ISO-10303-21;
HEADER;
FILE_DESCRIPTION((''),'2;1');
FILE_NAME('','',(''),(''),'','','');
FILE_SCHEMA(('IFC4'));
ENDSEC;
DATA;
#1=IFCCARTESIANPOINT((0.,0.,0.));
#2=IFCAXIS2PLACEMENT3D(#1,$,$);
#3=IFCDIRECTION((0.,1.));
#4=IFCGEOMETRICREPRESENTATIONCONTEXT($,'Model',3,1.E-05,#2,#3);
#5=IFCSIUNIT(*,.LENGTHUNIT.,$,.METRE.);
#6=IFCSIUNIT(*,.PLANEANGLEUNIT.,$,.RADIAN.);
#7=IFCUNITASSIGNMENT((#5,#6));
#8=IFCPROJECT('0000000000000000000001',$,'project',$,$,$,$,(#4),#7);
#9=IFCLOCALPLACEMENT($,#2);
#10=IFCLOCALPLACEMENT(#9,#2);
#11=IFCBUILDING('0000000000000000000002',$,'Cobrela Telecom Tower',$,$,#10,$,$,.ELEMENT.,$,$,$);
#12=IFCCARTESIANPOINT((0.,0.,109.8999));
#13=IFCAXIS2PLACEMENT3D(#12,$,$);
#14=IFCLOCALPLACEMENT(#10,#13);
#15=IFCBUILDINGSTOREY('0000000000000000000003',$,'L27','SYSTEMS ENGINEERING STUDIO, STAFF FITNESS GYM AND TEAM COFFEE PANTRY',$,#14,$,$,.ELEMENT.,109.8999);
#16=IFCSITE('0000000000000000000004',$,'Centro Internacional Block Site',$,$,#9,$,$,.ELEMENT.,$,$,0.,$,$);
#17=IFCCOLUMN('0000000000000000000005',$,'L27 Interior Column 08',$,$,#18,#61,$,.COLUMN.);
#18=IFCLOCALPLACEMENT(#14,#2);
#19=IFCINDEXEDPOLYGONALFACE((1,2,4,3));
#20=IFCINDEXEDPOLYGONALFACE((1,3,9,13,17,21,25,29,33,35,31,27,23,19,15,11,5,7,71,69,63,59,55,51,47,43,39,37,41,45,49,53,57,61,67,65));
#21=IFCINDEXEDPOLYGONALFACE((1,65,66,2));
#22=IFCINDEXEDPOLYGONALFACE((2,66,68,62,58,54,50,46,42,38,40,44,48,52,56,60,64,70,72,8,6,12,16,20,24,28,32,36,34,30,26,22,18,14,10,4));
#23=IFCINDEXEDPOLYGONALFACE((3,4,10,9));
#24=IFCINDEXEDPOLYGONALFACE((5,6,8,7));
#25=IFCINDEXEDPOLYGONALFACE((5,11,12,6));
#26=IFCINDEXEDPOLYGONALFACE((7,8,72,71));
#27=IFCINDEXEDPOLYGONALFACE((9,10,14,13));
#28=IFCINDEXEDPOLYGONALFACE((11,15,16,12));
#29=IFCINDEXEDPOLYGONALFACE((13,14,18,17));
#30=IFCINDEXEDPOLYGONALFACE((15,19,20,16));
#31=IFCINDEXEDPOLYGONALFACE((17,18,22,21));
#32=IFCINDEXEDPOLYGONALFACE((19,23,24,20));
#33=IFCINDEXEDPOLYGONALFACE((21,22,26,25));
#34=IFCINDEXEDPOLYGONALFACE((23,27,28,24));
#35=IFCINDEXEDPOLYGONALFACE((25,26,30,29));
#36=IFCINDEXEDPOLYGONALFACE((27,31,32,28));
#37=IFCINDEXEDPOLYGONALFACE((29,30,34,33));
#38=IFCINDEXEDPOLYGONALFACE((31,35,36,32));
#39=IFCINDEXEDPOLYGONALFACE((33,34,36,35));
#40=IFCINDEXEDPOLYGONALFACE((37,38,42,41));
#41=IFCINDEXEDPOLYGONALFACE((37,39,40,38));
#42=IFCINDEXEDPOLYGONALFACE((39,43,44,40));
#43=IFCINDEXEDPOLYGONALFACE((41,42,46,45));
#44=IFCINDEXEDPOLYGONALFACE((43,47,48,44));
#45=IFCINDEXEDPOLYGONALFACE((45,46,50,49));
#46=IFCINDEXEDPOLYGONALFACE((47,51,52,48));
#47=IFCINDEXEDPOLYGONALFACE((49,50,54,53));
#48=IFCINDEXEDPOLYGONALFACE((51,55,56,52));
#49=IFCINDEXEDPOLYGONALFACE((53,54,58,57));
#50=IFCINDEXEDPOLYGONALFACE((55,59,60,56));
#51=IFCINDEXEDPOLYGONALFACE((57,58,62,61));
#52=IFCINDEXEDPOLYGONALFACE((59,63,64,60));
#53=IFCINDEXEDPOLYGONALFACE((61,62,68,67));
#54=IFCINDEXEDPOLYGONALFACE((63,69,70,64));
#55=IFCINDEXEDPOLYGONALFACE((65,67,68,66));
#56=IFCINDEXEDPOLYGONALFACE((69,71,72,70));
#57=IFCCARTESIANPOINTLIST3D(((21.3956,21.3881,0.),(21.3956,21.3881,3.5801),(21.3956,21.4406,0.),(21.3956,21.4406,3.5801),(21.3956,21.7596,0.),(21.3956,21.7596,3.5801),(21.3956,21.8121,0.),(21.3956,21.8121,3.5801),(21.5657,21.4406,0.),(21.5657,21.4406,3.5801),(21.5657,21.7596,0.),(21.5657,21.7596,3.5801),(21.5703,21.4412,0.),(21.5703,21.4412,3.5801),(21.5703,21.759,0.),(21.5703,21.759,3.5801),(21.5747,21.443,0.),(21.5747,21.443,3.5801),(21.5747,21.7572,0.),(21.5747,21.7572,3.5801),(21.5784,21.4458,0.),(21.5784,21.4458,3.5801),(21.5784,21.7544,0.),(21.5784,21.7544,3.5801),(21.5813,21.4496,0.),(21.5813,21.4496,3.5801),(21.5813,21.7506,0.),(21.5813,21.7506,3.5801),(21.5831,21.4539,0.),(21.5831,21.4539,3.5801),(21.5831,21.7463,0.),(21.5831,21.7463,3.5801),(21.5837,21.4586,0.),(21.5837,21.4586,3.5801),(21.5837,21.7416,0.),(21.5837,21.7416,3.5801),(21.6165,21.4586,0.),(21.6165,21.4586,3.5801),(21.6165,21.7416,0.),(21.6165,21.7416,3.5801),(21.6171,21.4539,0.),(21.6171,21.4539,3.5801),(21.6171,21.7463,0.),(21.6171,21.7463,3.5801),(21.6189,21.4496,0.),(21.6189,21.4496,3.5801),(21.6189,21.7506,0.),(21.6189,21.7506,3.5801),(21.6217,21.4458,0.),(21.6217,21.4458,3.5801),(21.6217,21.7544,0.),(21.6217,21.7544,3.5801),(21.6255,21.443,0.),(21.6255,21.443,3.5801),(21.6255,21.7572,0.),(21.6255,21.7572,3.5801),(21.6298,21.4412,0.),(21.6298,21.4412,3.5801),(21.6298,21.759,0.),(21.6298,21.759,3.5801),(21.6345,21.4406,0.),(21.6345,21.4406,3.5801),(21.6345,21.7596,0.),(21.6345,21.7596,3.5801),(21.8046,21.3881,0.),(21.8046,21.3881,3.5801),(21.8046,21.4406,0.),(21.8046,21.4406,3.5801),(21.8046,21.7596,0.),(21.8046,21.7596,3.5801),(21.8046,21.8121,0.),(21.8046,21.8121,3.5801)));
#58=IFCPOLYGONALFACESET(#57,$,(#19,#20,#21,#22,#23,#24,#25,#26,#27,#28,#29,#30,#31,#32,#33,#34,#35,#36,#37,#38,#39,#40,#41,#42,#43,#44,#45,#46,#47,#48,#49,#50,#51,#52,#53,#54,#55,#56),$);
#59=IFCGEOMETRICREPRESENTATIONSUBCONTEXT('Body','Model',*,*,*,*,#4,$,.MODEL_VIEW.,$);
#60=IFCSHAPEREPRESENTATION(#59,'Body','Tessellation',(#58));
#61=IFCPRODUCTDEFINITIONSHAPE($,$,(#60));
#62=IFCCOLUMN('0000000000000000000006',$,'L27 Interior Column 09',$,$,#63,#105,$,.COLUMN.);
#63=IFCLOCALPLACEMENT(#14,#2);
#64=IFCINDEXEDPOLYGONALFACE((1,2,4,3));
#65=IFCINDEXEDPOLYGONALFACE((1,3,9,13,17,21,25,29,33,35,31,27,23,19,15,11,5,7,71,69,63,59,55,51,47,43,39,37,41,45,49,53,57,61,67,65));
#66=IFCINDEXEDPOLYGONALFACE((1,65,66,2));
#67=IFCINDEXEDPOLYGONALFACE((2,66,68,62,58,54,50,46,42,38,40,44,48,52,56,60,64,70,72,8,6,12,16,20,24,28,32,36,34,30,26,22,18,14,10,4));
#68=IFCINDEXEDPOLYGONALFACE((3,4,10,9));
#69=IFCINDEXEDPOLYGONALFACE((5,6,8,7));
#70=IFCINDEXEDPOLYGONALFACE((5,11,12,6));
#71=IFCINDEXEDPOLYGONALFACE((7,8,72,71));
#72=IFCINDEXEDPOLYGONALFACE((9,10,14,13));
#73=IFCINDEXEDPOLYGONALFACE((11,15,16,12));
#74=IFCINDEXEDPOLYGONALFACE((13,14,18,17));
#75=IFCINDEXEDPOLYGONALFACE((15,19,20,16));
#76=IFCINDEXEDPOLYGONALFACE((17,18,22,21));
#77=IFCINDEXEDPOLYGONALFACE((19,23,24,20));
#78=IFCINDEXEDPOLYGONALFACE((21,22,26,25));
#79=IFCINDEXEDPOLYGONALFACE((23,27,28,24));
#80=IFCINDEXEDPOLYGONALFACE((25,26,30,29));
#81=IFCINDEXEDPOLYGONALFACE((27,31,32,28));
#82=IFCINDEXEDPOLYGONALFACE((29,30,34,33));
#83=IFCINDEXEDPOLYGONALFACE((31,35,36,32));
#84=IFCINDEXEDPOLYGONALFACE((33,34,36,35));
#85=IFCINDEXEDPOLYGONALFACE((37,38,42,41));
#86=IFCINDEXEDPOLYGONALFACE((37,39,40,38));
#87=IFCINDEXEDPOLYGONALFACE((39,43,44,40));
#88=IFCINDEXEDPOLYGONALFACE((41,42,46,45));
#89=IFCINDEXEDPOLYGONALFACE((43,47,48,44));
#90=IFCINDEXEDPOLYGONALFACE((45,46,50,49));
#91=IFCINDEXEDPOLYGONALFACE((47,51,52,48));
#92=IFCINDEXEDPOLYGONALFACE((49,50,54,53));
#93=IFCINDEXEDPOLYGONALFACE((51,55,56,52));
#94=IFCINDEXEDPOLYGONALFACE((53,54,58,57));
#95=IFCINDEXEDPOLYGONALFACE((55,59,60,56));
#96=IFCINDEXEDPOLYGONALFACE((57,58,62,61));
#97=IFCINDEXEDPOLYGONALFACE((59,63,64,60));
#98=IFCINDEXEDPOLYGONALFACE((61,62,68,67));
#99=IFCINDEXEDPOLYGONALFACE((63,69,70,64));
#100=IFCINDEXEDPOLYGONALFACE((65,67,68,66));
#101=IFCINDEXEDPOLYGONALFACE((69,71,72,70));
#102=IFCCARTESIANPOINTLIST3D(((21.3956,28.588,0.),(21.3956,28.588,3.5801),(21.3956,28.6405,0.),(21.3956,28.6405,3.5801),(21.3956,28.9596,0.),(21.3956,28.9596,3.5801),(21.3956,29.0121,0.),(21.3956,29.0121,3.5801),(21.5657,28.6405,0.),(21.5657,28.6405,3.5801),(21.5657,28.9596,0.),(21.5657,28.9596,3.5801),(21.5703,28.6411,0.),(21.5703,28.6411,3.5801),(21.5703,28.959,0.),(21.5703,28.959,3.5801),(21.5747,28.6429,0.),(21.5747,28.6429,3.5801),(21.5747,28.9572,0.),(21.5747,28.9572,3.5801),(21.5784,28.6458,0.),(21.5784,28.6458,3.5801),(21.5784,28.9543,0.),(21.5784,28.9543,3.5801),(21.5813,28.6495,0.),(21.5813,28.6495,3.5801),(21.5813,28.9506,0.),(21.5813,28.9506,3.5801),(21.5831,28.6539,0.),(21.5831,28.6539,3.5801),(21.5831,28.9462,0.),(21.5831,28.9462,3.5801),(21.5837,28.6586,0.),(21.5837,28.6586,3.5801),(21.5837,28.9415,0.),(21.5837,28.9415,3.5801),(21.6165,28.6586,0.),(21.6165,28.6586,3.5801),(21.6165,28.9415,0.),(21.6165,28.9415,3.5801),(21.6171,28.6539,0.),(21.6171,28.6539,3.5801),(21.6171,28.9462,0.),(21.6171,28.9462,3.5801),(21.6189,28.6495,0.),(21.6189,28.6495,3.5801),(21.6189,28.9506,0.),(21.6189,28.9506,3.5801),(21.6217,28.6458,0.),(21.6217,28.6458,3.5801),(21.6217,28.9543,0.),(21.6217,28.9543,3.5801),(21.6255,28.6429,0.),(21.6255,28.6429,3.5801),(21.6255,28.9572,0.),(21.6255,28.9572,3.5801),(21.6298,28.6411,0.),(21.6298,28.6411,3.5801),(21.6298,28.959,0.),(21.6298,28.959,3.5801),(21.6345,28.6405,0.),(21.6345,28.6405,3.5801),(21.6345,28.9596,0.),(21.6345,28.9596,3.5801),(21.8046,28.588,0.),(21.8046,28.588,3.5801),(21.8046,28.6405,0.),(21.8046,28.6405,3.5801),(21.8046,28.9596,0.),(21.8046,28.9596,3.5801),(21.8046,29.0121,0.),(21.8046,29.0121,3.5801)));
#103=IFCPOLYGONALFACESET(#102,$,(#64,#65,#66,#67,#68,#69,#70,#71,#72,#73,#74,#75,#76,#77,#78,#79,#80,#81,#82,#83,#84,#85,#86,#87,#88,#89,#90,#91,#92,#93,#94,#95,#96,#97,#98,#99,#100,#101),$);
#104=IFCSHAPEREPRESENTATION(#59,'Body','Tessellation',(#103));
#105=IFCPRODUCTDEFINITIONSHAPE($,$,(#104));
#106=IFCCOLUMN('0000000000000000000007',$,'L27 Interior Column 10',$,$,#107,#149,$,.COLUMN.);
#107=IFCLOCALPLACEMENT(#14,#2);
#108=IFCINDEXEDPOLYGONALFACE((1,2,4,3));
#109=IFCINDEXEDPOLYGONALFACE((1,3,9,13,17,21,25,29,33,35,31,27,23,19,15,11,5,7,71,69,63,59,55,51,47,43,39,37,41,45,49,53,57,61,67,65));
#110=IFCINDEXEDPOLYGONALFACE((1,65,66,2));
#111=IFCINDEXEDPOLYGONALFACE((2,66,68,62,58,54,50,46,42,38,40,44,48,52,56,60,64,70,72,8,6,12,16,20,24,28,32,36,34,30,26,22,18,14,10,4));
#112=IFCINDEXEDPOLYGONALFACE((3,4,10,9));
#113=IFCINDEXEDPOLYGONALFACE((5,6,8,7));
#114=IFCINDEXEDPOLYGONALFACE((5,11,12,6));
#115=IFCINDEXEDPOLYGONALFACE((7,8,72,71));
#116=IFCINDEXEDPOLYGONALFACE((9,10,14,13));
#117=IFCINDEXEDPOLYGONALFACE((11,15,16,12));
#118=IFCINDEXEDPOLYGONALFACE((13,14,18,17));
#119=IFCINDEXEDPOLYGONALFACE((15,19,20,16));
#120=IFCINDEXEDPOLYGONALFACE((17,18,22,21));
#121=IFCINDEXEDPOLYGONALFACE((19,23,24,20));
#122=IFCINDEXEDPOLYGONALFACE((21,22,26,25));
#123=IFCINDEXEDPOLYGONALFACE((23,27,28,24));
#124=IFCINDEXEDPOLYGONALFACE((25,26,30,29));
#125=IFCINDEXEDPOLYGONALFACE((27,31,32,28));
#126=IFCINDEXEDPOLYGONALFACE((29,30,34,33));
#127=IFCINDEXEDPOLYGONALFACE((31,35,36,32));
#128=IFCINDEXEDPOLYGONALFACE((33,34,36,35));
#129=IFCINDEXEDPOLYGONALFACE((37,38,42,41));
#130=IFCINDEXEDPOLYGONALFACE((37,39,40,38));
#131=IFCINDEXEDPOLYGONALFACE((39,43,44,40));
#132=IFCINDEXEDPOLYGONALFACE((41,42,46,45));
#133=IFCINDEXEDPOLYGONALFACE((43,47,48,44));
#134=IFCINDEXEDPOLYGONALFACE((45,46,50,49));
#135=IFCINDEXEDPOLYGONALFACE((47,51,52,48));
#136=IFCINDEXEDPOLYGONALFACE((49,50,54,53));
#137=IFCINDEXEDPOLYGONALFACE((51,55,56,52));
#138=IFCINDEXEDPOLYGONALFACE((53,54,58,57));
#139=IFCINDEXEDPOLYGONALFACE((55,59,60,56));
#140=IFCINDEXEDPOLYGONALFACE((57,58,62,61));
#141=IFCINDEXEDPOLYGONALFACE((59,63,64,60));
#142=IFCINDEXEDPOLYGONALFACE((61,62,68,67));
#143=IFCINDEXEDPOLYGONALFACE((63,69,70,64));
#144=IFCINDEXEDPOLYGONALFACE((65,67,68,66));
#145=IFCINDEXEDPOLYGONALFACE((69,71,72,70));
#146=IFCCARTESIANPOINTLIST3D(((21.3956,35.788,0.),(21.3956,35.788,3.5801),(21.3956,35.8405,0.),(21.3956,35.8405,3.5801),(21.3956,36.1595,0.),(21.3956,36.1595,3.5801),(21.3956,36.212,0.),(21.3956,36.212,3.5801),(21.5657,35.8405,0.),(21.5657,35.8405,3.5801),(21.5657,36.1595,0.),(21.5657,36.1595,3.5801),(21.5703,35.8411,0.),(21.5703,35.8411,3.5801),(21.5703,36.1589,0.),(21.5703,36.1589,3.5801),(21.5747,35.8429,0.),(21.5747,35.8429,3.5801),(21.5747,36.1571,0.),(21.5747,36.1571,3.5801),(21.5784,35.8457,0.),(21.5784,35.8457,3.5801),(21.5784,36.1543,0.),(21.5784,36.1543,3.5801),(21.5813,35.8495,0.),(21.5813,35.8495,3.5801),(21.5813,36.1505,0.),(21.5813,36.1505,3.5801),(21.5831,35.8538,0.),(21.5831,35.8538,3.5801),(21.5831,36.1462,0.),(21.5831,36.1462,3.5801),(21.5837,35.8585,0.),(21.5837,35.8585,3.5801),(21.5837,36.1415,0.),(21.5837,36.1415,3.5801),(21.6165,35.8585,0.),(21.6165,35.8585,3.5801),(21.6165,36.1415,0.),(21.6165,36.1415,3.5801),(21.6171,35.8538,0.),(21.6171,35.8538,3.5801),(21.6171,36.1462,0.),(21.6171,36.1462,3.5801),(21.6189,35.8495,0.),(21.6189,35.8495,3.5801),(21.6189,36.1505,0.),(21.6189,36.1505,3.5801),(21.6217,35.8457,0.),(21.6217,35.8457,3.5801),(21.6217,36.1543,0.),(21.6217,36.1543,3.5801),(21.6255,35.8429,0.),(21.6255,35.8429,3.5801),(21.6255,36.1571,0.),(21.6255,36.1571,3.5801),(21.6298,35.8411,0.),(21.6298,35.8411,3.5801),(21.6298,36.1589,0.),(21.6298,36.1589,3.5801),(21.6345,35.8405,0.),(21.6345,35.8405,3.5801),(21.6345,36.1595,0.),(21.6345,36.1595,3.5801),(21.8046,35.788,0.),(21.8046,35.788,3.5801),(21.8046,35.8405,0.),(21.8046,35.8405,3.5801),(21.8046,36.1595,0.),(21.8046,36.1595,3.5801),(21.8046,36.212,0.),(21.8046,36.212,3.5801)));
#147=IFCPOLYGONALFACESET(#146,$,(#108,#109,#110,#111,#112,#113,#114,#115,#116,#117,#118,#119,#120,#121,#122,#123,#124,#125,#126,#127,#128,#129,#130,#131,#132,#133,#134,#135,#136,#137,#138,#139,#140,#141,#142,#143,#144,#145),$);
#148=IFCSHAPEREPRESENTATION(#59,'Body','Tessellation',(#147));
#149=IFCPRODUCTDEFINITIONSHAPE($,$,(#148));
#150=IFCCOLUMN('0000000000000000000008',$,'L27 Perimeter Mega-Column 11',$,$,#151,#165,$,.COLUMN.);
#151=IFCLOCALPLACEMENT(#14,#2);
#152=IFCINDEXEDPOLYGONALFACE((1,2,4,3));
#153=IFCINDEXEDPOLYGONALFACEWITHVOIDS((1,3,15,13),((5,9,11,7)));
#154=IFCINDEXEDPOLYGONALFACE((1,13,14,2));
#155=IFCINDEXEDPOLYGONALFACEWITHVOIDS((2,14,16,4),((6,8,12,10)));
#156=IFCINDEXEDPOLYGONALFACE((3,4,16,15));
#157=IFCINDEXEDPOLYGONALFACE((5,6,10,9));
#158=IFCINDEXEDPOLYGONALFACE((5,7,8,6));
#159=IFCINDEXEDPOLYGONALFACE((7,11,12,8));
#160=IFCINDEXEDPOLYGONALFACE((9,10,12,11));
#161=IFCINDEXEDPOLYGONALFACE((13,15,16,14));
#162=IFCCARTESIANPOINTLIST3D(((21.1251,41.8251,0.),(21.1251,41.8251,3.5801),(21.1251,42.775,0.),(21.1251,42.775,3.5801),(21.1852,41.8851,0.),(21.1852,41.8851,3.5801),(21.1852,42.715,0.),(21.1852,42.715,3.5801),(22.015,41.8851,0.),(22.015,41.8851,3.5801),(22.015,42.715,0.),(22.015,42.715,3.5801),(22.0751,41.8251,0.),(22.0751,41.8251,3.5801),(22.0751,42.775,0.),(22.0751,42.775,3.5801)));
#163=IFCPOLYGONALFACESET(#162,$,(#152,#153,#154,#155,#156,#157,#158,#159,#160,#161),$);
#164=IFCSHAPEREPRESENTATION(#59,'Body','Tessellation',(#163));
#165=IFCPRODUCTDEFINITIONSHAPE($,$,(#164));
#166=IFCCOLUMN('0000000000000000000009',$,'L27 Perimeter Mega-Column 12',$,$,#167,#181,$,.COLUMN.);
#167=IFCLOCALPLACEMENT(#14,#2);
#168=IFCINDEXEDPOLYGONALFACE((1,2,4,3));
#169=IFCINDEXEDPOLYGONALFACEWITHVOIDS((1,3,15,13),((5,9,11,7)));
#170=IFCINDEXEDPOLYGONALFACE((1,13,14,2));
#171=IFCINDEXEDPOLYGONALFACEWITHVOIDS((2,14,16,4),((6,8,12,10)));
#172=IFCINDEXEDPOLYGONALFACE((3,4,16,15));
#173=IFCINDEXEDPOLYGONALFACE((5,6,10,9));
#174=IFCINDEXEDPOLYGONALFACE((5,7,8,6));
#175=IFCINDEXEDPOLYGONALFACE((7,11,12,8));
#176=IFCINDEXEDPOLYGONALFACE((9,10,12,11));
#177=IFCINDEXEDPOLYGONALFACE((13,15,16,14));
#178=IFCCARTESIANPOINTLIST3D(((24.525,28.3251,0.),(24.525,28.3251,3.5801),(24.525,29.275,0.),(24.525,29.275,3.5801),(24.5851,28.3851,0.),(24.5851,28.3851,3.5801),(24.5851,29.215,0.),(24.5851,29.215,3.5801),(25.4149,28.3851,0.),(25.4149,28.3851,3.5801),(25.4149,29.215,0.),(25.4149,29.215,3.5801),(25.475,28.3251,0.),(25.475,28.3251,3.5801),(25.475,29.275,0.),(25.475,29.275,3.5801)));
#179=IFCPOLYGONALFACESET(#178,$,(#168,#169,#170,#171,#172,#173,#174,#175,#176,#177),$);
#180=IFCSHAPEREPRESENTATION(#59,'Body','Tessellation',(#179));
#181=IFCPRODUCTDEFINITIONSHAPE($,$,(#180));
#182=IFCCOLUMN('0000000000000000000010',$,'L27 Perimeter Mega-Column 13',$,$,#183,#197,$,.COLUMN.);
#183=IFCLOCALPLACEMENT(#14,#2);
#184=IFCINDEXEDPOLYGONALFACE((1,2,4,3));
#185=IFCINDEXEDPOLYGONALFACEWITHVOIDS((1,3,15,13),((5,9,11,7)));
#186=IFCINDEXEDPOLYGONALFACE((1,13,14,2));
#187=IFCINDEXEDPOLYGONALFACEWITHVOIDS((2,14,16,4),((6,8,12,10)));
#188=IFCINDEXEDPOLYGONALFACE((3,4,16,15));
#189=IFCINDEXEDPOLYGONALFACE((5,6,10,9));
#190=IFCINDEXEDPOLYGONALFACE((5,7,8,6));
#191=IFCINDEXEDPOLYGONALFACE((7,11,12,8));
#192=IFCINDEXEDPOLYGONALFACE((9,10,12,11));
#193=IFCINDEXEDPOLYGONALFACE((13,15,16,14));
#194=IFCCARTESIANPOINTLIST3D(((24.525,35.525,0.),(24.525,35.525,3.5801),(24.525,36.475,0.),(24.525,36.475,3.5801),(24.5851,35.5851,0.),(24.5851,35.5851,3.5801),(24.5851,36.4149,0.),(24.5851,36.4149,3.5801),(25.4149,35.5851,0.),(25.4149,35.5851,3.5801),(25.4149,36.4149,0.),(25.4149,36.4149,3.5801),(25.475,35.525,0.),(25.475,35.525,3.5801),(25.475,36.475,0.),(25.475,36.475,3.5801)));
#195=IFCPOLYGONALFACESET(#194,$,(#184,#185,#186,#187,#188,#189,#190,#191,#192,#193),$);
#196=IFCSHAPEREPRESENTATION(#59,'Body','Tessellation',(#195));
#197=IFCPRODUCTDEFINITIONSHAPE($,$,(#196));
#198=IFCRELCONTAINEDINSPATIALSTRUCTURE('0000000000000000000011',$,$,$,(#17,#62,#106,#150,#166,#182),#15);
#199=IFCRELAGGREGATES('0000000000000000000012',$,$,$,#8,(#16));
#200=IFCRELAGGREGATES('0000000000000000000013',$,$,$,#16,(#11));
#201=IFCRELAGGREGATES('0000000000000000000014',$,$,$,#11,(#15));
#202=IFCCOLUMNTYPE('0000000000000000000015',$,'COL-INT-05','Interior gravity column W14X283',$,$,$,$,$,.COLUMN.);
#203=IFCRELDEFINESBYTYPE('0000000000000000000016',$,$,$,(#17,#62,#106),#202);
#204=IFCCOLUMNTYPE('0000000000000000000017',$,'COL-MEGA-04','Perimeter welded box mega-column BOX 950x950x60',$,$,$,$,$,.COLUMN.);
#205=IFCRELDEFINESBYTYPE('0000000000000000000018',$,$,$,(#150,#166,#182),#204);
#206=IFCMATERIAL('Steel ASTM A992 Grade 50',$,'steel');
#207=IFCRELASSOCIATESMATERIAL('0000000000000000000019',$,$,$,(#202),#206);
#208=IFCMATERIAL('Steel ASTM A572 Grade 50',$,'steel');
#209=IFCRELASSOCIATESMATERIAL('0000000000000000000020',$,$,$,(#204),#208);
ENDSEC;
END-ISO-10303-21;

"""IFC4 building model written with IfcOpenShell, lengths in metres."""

from ifc_helpers import new_model, si_unit, direction, frame, origin, origin_2d, place, context, subcontext, project, spatial, hollow_rectangle, i_section, extrude, material, material_profile, profile_set, type_object, element, save


model = new_model("IFC4")

# Units and contexts
model_context = context("Model", 3, precision=1e-05, world=origin(), true_north=direction((0.0, 1.0)))
body_context = subcontext(model_context, "Body", "Model", "MODEL_VIEW")
ifc_project = project(units=[si_unit("LENGTHUNIT", "METRE"), si_unit("PLANEANGLEUNIT", "RADIAN")], contexts=[model_context])

# Site, building, storey
site_placement = place(None, origin())
site = spatial("IfcSite", under=ifc_project, at=site_placement, Name="Centro Internacional Block Site", CompositionType="ELEMENT", RefElevation=0.0)
building_placement = place(site_placement, origin())
building = spatial("IfcBuilding", under=site, at=building_placement, Name="Cobrela Telecom Tower", CompositionType="ELEMENT")
storey_placement = place(building_placement, frame((0.0, 0.0, 109.8999)))
storey = spatial("IfcBuildingStorey", under=building, at=storey_placement, Name="L27", Description="SYSTEMS ENGINEERING STUDIO, STAFF FITNESS GYM AND TEAM COFFEE PANTRY", CompositionType="ELEMENT", Elevation=109.8999)

# Columns
ifc_material_1 = material(Name="Steel ASTM A992 Grade 50", Category="steel")
ifc_material_profile_1 = material_profile(ifc_material_1, i_section(OverallWidth=0.4089, OverallDepth=0.4241, WebThickness=0.0327, FlangeThickness=0.0525, FilletRadius=0.0181, at=origin_2d()), Name="W14X283")
ifc_profile_set_1 = profile_set([ifc_material_profile_1], Name="Steel ASTM A992 Grade 50")
column_type_1 = type_object("IfcColumnType", Name="COL-INT-05", Description="Interior gravity column W14X283", PredefinedType="COLUMN", material=ifc_profile_set_1)
for number, where, z_axis, x_axis, name in (
    (1, (21.6001, 21.6001, 0.0), (0.0, 0.0, 1.0), (1.0, 0.0, 0.0), "L27 Interior Column 08"),
    (2, (21.6001, 28.8, 0.0), (0.0, 0.0, 1.0), (1.0, 0.0, 0.0), "L27 Interior Column 09"),
    (3, (21.6001, 36.0, 0.0), (0.0, 0.0, 1.0), (1.0, 0.0, 0.0), "L27 Interior Column 10"),
):
    element("IfcColumn", number, at=place(storey_placement, frame(where, z_axis=z_axis, x_axis=x_axis)), inside=storey, type_object=column_type_1, Name=name, PredefinedType="COLUMN", context=body_context, shape_type="SweptSolid", body=[
        extrude(i_section(OverallWidth=0.4089, OverallDepth=0.4241, WebThickness=0.0327, FlangeThickness=0.0525, FilletRadius=0.0181, at=origin_2d()), origin(), (0.0, 0.0, 1.0), 3.5801),
    ])
ifc_material_2 = material(Name="Steel ASTM A572 Grade 50", Category="steel")
ifc_material_profile_2 = material_profile(ifc_material_2, hollow_rectangle(XDim=0.95, YDim=0.95, WallThickness=0.0601, at=origin_2d()), Name="BOX 950x950x60")
ifc_profile_set_2 = profile_set([ifc_material_profile_2], Name="Steel ASTM A572 Grade 50")
column_type_2 = type_object("IfcColumnType", Name="COL-MEGA-04", Description="Perimeter welded box mega-column BOX 950x950x60", PredefinedType="COLUMN", material=ifc_profile_set_2)
for number, where, z_axis, x_axis, name in (
    (4, (21.6001, 42.3, 0.0), (0.0, 0.0, 1.0), (1.0, 0.0, 0.0), "L27 Perimeter Mega-Column 11"),
    (5, (25.0, 28.8, 0.0), (0.0, 0.0, 1.0), (1.0, 0.0, 0.0), "L27 Perimeter Mega-Column 12"),
    (6, (25.0, 36.0, 0.0), (0.0, 0.0, 1.0), (1.0, 0.0, 0.0), "L27 Perimeter Mega-Column 13"),
):
    element("IfcColumn", number, at=place(storey_placement, frame(where, z_axis=z_axis, x_axis=x_axis)), inside=storey, type_object=column_type_2, Name=name, PredefinedType="COLUMN", context=body_context, shape_type="SweptSolid", body=[
        extrude(hollow_rectangle(XDim=0.95, YDim=0.95, WallThickness=0.0601, at=origin_2d()), origin(), (0.0, 0.0, 1.0), 3.5801),
    ])

save(model, "model.ifc")
